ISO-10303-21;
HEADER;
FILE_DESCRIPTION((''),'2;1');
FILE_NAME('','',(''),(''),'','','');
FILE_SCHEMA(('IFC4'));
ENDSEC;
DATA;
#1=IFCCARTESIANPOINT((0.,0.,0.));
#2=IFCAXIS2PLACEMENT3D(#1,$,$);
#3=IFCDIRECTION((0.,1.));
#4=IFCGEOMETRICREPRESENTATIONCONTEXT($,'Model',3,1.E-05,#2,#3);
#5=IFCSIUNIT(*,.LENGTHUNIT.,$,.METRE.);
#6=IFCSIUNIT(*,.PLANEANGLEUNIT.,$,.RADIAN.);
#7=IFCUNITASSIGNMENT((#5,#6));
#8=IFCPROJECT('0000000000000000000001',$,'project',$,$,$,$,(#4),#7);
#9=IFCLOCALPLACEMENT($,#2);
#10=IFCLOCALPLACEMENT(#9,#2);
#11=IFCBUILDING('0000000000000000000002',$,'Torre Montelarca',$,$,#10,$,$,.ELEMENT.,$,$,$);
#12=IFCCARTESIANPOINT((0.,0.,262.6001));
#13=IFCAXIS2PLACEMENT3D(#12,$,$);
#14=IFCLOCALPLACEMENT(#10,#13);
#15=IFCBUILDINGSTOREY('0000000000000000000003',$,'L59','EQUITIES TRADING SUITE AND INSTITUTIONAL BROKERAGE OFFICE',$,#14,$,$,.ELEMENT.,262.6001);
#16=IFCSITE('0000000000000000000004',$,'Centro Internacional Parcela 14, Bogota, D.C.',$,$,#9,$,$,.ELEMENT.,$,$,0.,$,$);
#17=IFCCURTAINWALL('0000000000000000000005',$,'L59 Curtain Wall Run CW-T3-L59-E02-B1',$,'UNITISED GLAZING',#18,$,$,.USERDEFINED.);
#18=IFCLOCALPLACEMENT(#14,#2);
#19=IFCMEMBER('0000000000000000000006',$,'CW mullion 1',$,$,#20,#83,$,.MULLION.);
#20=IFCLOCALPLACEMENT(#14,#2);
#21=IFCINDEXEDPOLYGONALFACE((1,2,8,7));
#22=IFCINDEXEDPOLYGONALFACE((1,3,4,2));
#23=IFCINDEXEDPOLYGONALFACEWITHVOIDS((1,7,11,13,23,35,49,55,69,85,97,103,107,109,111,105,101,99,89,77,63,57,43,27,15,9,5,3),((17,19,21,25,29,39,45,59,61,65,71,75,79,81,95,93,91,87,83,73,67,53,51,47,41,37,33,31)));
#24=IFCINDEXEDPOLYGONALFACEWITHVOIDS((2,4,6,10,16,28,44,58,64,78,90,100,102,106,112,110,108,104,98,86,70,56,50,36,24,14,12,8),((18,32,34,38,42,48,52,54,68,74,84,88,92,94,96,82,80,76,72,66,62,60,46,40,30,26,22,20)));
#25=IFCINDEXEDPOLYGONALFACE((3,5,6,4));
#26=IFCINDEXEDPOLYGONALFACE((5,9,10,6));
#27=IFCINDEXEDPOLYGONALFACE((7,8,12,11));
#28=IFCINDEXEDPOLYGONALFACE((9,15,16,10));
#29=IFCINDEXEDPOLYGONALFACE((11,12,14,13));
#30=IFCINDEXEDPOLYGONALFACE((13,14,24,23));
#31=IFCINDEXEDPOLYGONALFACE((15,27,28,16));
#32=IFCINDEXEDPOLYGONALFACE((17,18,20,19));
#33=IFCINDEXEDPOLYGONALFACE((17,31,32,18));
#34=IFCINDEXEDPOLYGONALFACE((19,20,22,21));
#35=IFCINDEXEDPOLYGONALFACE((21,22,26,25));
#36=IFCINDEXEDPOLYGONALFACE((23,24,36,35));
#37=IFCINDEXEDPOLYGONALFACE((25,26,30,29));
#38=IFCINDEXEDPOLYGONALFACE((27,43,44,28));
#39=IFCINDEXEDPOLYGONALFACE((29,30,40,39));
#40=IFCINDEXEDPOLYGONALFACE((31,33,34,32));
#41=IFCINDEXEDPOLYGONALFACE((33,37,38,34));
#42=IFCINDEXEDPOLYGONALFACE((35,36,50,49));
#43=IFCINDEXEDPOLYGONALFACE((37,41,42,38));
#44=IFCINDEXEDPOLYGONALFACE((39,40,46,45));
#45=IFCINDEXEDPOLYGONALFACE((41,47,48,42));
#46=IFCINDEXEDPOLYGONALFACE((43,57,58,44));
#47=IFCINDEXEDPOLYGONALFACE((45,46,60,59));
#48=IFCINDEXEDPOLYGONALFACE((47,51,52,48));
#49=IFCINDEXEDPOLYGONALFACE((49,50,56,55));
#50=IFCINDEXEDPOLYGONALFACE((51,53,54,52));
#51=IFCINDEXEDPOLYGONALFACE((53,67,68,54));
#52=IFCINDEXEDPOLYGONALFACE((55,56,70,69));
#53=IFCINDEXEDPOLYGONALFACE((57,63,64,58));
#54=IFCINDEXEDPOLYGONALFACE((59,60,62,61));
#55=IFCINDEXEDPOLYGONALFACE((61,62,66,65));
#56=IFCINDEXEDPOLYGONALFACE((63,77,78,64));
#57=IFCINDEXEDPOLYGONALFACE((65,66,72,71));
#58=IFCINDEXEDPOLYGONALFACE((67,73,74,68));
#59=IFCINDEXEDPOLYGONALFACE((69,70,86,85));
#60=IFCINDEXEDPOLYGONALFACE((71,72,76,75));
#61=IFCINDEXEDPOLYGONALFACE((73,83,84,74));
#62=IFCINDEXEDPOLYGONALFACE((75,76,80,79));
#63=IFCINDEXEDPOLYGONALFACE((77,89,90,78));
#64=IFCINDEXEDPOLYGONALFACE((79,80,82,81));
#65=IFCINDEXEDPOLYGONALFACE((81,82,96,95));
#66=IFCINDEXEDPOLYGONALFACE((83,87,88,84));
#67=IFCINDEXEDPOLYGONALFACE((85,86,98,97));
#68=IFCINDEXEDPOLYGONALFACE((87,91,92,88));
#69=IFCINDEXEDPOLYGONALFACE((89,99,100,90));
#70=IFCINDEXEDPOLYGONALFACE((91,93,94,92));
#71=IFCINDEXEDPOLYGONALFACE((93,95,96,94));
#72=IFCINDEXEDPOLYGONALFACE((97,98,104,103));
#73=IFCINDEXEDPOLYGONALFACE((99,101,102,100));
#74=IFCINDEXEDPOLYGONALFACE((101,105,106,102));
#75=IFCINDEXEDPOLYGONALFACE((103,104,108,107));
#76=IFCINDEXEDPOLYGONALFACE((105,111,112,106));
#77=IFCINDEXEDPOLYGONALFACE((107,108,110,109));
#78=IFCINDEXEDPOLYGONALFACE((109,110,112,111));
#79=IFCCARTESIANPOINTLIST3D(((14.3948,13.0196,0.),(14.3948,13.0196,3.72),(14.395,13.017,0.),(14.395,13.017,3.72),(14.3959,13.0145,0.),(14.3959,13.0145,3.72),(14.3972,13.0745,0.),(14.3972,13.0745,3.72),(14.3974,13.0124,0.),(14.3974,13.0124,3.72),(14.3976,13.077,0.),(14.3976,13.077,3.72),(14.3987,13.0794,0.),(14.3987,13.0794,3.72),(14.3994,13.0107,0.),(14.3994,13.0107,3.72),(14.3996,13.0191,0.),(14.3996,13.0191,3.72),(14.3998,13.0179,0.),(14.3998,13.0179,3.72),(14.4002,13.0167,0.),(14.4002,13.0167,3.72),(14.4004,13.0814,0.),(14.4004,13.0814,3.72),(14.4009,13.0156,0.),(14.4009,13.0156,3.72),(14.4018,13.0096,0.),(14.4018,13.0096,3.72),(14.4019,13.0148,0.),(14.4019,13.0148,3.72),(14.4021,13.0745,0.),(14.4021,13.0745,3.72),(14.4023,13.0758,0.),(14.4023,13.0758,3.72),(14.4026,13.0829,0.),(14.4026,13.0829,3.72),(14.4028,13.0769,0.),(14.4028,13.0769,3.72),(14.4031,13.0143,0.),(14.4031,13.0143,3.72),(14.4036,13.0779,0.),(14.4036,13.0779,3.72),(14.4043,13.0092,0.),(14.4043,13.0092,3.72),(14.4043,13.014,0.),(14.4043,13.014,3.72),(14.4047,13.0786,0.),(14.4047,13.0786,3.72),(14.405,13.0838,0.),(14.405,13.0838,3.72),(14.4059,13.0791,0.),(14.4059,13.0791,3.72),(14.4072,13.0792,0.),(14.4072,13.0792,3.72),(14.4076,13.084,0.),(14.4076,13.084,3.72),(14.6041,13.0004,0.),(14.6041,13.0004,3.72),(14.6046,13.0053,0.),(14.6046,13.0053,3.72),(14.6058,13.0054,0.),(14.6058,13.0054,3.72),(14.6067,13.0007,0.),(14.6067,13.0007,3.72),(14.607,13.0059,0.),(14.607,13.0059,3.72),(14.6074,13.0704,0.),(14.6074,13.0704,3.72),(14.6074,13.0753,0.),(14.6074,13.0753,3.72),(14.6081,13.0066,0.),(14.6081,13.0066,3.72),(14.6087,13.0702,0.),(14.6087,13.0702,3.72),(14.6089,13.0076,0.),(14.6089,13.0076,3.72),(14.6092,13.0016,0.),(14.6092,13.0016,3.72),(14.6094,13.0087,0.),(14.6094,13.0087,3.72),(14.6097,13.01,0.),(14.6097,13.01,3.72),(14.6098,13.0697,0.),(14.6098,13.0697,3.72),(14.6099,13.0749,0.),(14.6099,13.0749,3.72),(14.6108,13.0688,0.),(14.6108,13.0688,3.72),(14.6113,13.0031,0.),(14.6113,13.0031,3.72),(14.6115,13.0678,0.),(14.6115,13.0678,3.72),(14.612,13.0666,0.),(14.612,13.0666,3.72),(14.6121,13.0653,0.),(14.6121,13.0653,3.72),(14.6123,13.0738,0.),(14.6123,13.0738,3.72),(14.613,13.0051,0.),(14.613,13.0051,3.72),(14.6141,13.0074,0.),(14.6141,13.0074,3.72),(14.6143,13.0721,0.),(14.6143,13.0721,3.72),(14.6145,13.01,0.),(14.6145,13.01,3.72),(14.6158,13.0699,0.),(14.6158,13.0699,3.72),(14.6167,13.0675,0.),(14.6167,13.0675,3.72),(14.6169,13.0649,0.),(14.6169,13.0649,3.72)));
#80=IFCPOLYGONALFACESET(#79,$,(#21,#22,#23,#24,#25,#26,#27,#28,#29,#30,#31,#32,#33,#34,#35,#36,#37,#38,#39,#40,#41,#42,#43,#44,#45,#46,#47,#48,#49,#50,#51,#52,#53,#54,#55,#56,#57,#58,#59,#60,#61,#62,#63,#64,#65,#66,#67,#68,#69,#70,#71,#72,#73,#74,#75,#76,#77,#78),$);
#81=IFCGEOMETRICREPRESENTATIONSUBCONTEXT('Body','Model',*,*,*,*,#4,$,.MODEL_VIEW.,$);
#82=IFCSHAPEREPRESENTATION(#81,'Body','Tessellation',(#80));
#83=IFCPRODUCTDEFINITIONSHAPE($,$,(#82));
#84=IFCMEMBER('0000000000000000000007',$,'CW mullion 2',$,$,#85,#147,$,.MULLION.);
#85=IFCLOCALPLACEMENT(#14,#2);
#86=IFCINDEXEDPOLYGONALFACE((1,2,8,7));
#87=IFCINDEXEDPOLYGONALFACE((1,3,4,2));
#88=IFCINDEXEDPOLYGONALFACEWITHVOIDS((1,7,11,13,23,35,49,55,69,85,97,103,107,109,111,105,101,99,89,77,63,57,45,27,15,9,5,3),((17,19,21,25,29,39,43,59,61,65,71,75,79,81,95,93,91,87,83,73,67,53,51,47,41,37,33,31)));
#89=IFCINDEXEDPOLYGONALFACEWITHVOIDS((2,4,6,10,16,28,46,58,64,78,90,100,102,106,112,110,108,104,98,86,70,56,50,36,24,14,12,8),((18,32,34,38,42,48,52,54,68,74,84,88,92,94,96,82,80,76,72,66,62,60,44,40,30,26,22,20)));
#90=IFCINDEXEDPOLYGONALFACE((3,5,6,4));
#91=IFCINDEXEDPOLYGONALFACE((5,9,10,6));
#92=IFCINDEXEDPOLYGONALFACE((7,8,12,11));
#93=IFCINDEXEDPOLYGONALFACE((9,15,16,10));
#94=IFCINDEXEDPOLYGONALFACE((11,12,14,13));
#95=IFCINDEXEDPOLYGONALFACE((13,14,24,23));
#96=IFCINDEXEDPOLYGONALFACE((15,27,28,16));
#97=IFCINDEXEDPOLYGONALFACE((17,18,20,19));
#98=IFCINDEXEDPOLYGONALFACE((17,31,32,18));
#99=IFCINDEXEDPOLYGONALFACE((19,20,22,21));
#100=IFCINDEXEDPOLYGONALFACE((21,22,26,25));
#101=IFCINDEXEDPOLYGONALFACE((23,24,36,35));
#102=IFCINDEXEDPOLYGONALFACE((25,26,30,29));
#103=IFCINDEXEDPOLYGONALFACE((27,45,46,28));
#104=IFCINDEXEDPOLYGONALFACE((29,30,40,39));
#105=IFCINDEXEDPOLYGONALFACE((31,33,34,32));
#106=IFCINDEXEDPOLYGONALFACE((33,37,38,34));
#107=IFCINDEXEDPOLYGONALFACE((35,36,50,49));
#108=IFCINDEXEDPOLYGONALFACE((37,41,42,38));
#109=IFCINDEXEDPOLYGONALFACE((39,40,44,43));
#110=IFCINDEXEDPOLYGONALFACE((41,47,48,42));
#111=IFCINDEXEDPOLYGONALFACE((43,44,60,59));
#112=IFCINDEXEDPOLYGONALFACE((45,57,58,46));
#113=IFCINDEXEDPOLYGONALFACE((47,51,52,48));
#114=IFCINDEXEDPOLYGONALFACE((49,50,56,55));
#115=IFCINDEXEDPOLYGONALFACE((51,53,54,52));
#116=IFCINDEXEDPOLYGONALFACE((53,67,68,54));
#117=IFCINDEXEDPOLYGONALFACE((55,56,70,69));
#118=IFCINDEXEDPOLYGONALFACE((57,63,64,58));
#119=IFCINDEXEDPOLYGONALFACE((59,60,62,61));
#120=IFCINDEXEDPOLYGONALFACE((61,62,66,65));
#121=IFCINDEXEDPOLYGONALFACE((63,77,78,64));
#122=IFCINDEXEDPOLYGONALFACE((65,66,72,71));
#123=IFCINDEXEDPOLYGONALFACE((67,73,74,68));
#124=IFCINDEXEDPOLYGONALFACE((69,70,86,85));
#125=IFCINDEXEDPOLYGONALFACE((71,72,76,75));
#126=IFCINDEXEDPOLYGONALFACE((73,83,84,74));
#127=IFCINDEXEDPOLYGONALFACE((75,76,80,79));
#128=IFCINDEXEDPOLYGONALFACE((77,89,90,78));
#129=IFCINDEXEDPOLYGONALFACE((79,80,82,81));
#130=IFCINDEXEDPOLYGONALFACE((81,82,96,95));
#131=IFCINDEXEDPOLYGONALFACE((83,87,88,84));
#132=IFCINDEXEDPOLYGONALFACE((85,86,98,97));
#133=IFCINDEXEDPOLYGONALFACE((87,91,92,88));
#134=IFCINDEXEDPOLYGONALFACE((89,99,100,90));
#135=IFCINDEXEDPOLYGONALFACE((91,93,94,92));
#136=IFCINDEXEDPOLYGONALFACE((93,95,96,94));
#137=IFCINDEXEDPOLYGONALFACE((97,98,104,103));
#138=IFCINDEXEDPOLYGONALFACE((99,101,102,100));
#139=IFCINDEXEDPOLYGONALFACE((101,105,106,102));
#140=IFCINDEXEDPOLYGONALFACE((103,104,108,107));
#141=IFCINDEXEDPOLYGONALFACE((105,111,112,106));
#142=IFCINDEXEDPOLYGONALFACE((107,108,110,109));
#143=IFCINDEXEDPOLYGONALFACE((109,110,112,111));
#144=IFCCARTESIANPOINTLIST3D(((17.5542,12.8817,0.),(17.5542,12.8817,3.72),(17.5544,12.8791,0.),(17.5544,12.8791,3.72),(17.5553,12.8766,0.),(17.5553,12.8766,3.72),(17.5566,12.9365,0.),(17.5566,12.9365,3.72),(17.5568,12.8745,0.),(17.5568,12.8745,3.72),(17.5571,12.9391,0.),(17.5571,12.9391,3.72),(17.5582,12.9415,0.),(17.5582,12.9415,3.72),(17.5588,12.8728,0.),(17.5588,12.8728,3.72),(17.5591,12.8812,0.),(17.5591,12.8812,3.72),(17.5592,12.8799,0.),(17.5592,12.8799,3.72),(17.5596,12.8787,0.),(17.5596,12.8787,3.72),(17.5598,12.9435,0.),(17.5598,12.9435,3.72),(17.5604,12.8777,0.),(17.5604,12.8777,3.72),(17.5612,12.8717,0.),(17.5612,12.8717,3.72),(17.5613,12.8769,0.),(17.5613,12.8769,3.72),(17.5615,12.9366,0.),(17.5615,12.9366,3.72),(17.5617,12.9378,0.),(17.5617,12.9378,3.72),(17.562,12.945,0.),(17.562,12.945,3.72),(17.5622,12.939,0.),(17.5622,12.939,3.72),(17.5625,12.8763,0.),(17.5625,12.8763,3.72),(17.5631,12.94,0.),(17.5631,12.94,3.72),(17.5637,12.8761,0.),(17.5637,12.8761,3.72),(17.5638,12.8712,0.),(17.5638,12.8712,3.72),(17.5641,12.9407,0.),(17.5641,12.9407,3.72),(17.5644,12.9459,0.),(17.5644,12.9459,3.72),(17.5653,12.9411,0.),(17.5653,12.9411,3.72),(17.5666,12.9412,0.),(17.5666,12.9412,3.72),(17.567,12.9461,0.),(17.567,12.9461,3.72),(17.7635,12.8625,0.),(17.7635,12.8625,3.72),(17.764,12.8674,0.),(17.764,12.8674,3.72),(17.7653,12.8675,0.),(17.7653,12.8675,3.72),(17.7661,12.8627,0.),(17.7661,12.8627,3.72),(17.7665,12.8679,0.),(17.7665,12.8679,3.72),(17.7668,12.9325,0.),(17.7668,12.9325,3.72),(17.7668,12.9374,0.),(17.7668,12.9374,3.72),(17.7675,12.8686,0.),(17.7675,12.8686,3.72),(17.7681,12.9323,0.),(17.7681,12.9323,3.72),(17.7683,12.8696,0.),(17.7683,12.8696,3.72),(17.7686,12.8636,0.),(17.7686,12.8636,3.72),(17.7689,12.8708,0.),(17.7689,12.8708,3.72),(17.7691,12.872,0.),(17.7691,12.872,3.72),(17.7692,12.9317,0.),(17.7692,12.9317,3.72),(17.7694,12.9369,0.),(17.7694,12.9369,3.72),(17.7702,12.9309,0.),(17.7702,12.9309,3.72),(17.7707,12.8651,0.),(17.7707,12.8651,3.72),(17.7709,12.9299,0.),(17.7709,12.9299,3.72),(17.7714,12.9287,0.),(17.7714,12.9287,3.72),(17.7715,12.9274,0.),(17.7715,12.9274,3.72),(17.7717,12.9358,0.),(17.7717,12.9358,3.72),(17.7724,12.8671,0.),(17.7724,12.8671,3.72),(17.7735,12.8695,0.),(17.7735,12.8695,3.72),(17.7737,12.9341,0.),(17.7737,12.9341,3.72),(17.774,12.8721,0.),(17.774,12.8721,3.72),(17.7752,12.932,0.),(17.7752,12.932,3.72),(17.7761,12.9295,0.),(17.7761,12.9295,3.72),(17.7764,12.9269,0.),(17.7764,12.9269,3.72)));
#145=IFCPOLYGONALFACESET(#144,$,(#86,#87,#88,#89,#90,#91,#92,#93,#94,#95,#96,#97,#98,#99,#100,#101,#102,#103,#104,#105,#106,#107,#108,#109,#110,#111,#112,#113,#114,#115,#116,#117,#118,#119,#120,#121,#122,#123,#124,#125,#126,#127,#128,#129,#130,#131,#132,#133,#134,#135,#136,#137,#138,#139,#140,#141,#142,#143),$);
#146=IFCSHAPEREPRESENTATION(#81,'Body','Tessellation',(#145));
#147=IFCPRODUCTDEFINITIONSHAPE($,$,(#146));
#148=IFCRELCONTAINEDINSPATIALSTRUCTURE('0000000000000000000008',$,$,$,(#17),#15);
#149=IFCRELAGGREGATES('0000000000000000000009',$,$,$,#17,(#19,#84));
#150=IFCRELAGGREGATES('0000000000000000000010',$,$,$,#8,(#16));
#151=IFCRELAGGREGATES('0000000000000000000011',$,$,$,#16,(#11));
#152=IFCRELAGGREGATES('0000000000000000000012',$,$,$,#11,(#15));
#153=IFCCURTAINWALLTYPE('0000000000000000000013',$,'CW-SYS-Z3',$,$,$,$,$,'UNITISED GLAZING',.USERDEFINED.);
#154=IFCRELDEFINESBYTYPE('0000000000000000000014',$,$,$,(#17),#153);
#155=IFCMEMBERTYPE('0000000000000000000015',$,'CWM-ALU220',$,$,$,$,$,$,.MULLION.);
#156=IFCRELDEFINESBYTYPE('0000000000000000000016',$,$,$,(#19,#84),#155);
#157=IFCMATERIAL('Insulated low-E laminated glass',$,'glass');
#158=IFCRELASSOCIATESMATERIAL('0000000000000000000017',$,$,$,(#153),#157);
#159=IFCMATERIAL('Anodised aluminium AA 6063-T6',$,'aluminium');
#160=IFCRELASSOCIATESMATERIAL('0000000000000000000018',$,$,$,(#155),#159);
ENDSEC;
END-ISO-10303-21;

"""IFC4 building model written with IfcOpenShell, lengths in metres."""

from ifc_helpers import new_model, si_unit, direction, frame, origin, origin_2d, place, context, subcontext, project, spatial, hollow_rectangle, extrude, source, transform, mapped, material, material_profile, profile_set, type_object, element, aggregate, save


model = new_model("IFC4")

# Units and contexts
model_context = context("Model", 3, precision=1e-05, world=origin(), true_north=direction((0.0, 1.0)))
body_context = subcontext(model_context, "Body", "Model", "MODEL_VIEW")
ifc_project = project(units=[si_unit("LENGTHUNIT", "METRE"), si_unit("PLANEANGLEUNIT", "RADIAN")], contexts=[model_context])

# Site, building, storey
site_placement = place(None, origin())
site = spatial("IfcSite", under=ifc_project, at=site_placement, Name="Centro Internacional Parcela 14, Bogota, D.C.", CompositionType="ELEMENT", RefElevation=0.0)
building_placement = place(site_placement, origin())
building = spatial("IfcBuilding", under=site, at=building_placement, Name="Torre Montelarca", CompositionType="ELEMENT")
storey_placement = place(building_placement, frame((0.0, 0.0, 262.6001)))
storey = spatial("IfcBuildingStorey", under=building, at=storey_placement, Name="L59", Description="EQUITIES TRADING SUITE AND INSTITUTIONAL BROKERAGE OFFICE", CompositionType="ELEMENT", Elevation=262.6001)

# Curtain wall
ifc_material_1 = material(Name="Insulated low-E laminated glass", Category="glass")
curtain_wall_type = type_object("IfcCurtainWallType", Name="CW-SYS-Z3", ElementType="UNITISED GLAZING", PredefinedType="USERDEFINED", material=ifc_material_1)
curtain_wall_1_placement = place(storey_placement, origin())
curtain_wall_1 = element("IfcCurtainWall", 1, at=curtain_wall_1_placement, inside=storey, type_object=curtain_wall_type, Name="L59 Curtain Wall Run CW-T3-L59-E02-B1", ObjectType="UNITISED GLAZING", PredefinedType="USERDEFINED")
ifc_material_2 = material(Name="Anodised aluminium AA 6063-T6", Category="aluminium")
ifc_material_profile_1 = material_profile(ifc_material_2, hollow_rectangle(XDim=0.075, YDim=0.22, WallThickness=0.0049, InnerFilletRadius=0.0049, OuterFilletRadius=0.01, at=origin_2d()), Name="ALU75X220X5", Category="aluminium")
ifc_profile_set_1 = profile_set([ifc_material_profile_1], Name="Anodised aluminium AA 6063-T6")
member_type_1 = type_object("IfcMemberType", Name="CWM-ALU220", PredefinedType="MULLION", material=ifc_profile_set_1)
shared_shape_1 = source(origin(), body_context, "Body", "SweptSolid", [
    extrude(hollow_rectangle(XDim=0.075, YDim=0.22, WallThickness=0.0049, InnerFilletRadius=0.0049, OuterFilletRadius=0.01, at=origin_2d()), origin(), (0.0, 0.0, 1.0), 3.72),
])

# Members
member_1_placement = place(storey_placement, frame((14.5059, 13.0422, 0.0), z_axis=(0.0, 0.0, 1.0), x_axis=(0.04361, 0.999049, 0.0)))
member_1 = element("IfcMember", 2, at=member_1_placement, type_object=member_type_1, Name="CW mullion 1", PredefinedType="MULLION", context=body_context, shape_type="MappedRepresentation", body=[
    mapped(shared_shape_1, transform((0.0, 0.0, 0.0), scale=1.0)),
])
member_2_placement = place(storey_placement, frame((17.6653, 12.9043, 0.0), z_axis=(0.0, 0.0, 1.0), x_axis=(0.04361, 0.999049, 0.0)))
member_2 = element("IfcMember", 3, at=member_2_placement, type_object=member_type_1, Name="CW mullion 2", PredefinedType="MULLION", context=body_context, shape_type="MappedRepresentation", body=[
    mapped(shared_shape_1, transform((0.0, 0.0, 0.0), scale=1.0)),
])

aggregate(curtain_wall_1, [member_1, member_2])

save(model, "model.ifc")
